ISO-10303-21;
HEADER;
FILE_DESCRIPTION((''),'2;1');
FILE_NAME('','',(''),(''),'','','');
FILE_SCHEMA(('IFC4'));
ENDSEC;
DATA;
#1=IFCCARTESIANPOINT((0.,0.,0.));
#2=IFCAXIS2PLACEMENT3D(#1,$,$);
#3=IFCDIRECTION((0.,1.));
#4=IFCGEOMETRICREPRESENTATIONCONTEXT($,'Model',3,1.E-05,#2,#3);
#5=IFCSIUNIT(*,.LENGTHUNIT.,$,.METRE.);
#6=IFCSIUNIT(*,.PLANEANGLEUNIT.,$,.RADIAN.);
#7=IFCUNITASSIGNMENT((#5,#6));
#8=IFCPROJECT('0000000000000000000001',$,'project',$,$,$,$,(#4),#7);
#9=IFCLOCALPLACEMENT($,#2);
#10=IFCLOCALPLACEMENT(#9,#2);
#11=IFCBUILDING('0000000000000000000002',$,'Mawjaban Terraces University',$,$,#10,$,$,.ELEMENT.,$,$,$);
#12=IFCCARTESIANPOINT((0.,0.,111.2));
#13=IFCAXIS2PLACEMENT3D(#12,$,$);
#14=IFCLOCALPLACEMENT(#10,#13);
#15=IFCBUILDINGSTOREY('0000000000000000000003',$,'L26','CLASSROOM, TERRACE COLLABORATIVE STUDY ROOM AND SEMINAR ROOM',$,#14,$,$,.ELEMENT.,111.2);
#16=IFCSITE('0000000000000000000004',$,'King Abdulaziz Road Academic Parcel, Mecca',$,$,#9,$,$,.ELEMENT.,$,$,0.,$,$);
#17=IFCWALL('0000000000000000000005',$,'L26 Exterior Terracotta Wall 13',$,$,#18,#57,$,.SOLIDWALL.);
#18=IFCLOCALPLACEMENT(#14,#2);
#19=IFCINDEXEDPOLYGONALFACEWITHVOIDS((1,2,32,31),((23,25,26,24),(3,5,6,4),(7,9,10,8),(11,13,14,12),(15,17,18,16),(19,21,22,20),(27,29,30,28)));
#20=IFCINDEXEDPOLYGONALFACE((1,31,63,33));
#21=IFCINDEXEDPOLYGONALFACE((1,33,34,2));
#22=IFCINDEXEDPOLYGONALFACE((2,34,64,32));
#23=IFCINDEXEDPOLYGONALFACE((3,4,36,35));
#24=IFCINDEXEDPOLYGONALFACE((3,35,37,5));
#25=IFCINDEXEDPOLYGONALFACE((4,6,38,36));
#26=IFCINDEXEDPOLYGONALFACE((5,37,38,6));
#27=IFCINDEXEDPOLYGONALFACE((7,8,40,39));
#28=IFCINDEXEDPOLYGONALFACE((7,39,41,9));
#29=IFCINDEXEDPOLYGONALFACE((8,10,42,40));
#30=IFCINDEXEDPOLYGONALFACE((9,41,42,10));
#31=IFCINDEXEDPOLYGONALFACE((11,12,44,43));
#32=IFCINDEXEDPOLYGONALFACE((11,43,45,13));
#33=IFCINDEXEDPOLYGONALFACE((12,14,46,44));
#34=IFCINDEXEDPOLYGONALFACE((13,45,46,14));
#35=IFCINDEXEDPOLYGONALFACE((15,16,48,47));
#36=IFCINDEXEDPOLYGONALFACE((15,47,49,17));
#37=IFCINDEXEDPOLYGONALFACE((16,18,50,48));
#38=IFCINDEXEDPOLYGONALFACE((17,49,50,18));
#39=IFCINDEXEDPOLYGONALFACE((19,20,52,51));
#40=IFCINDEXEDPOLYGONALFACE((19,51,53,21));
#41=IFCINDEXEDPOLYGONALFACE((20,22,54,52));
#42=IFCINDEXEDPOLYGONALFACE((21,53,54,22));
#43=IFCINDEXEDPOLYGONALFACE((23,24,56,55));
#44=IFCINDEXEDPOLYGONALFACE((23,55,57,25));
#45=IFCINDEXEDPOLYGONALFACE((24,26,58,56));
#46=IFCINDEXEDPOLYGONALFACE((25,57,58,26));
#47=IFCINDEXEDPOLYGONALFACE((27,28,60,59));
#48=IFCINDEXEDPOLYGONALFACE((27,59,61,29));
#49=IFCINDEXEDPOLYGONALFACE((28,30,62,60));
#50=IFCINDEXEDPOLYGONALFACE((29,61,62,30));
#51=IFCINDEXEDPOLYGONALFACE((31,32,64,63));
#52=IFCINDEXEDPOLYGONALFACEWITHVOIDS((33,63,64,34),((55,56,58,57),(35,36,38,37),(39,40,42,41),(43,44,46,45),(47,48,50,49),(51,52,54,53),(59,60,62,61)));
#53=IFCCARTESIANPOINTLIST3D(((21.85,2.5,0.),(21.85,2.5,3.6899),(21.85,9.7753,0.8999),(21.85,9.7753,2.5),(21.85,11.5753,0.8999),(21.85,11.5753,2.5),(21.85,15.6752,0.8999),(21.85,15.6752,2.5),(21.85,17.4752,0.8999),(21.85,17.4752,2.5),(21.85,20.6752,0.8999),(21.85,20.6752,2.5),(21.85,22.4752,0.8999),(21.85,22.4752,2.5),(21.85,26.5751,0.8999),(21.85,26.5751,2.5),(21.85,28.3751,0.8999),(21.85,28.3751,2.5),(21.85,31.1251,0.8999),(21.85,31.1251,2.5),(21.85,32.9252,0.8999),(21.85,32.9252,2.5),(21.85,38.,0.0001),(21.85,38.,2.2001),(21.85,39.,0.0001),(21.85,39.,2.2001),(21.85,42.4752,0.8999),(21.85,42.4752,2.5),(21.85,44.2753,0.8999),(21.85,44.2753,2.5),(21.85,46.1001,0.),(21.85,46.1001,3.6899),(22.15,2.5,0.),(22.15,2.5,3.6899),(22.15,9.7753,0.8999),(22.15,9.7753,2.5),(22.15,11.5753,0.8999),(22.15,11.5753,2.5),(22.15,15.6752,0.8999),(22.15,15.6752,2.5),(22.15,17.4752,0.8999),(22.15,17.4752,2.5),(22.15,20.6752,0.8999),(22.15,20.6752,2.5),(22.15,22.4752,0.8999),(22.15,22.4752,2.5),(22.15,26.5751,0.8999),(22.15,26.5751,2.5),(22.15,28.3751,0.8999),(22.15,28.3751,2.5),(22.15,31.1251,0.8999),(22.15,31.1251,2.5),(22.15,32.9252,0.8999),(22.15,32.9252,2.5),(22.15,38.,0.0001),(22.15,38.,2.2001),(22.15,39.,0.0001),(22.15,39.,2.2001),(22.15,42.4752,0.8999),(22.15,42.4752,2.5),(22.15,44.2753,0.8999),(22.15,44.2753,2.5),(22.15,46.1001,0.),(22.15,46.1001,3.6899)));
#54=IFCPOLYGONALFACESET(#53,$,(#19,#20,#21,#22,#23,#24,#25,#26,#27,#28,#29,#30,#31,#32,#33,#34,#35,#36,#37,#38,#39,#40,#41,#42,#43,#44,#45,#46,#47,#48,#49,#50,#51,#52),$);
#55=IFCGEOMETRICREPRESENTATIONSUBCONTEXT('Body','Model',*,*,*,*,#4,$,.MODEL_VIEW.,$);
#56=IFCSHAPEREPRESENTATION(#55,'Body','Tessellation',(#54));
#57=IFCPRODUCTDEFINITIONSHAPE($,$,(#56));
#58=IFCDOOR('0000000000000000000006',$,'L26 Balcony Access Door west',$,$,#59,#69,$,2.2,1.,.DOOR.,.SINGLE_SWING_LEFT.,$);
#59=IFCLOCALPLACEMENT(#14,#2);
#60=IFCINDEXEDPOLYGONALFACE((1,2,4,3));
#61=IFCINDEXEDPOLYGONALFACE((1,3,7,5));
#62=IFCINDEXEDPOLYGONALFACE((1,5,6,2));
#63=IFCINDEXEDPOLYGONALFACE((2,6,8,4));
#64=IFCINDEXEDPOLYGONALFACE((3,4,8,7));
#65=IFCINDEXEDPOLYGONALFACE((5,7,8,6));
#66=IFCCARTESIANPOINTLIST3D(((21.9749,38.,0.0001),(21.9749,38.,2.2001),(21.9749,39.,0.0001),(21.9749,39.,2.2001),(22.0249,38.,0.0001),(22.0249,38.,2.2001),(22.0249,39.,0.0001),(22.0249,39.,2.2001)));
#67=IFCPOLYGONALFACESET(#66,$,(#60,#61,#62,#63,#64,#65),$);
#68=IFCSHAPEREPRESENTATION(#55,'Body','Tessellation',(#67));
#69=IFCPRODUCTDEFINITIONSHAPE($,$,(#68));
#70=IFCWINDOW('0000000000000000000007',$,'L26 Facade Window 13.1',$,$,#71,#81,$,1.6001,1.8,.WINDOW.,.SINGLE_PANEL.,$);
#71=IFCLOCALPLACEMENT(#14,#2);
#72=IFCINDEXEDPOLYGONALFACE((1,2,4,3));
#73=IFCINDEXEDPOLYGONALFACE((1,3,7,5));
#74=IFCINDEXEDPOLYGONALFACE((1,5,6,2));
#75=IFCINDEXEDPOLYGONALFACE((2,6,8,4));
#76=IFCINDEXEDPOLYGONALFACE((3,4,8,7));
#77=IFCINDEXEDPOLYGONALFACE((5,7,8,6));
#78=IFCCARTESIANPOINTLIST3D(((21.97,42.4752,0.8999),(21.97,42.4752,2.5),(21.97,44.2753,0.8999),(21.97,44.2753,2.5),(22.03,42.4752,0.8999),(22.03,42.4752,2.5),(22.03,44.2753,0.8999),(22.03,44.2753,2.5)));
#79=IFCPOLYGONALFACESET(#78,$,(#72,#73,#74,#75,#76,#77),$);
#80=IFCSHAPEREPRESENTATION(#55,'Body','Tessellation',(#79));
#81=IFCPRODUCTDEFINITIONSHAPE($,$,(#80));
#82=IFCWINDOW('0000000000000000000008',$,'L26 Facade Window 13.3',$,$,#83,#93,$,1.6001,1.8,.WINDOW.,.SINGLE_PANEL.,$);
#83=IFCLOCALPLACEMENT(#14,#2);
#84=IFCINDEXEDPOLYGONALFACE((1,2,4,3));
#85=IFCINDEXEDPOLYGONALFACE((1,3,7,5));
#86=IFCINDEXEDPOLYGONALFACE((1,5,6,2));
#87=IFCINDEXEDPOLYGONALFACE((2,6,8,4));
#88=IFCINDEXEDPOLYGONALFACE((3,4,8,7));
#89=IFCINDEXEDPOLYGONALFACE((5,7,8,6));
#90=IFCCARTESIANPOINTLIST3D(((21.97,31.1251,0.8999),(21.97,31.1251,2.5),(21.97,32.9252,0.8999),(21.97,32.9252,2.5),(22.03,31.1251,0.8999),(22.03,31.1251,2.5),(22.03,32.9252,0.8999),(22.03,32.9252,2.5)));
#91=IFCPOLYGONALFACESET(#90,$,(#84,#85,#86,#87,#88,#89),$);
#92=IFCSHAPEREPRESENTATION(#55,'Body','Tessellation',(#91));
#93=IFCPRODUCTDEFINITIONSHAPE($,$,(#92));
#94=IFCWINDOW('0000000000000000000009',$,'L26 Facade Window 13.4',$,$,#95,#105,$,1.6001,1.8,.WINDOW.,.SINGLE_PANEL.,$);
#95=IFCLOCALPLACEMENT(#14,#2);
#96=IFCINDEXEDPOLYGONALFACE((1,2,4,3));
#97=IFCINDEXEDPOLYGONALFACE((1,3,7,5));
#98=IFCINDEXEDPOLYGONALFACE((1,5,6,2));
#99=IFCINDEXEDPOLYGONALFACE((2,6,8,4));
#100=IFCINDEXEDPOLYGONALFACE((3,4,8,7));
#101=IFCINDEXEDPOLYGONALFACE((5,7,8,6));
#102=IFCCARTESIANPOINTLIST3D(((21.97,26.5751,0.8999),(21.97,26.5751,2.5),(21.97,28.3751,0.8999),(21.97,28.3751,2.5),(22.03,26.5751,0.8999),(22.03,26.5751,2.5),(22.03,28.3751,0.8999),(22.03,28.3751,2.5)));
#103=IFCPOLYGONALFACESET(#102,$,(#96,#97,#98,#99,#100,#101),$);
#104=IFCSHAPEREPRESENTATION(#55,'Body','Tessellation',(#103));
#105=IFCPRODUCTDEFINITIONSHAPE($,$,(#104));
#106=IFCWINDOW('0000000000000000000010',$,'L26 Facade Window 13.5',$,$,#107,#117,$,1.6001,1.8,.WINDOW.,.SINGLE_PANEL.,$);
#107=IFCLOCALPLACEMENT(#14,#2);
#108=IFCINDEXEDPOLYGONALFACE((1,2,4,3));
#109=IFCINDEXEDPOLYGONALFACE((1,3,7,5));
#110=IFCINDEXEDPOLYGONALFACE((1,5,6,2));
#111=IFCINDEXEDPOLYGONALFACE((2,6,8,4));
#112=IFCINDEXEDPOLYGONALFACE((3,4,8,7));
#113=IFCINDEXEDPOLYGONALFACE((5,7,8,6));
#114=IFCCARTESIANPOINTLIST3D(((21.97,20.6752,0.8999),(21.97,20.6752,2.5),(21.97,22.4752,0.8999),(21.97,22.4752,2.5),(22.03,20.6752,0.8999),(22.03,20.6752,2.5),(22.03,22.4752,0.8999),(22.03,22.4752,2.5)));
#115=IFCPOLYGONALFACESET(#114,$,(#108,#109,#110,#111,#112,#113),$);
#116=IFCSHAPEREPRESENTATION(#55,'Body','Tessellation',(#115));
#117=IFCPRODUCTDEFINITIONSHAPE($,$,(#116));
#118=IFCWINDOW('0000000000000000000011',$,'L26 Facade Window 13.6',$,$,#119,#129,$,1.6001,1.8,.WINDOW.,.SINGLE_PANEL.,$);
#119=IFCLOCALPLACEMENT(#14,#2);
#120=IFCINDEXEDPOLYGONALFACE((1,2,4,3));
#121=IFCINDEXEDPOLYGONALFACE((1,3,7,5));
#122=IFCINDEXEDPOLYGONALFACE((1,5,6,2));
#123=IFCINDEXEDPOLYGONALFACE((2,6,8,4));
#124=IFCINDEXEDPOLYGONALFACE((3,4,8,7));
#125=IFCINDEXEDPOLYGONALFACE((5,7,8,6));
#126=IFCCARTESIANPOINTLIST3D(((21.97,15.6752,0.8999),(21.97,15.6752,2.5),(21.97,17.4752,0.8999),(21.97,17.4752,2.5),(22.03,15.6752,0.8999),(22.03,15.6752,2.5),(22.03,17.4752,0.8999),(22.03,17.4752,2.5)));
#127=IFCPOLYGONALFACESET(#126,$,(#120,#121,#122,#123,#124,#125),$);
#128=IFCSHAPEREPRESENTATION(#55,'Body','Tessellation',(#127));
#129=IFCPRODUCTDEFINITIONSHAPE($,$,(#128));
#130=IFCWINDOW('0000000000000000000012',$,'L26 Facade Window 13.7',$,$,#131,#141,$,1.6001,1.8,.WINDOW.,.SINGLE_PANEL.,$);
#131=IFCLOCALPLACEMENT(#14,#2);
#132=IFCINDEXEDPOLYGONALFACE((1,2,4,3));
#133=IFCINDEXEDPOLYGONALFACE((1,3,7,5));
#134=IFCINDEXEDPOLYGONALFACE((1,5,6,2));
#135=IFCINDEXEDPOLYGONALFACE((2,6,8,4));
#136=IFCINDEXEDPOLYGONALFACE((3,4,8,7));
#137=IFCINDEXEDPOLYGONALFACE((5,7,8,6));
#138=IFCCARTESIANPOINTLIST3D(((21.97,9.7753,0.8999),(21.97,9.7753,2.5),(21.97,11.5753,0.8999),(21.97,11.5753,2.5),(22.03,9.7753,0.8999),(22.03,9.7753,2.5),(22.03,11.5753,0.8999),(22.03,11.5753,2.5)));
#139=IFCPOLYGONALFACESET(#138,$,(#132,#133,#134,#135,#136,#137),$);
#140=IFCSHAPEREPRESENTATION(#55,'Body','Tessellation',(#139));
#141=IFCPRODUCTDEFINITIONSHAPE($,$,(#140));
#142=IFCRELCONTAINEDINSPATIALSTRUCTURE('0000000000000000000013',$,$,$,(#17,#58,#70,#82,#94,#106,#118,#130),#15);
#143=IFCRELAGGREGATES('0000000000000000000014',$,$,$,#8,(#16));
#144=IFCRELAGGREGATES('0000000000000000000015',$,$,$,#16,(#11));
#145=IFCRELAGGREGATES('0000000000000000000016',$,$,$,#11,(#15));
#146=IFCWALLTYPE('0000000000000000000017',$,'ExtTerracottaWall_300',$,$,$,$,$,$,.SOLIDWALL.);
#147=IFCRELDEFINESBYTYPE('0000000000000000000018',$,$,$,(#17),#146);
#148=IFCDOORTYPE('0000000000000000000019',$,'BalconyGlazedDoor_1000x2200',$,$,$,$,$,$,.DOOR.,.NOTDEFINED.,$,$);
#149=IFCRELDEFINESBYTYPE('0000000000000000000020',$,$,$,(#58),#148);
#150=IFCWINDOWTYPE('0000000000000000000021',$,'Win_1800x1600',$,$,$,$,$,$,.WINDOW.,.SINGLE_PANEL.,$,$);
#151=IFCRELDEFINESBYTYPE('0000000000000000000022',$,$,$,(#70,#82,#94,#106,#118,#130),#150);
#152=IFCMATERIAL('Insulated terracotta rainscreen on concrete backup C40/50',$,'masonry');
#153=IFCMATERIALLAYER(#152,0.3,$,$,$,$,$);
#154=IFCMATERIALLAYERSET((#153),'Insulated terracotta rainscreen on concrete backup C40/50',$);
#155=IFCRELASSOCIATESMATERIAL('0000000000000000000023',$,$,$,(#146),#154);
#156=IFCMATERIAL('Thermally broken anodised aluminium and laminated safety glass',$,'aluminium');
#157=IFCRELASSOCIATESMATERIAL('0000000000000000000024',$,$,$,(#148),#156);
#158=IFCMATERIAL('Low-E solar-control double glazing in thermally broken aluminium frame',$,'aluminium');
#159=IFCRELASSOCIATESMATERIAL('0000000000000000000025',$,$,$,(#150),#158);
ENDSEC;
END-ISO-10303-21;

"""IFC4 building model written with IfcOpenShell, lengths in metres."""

from ifc_helpers import new_model, si_unit, direction, frame, frame_2d, origin, place, context, subcontext, project, spatial, rectangle, extrude, material, layer, layer_set, type_object, element, fill, save


model = new_model("IFC4")

# Units and contexts
model_context = context("Model", 3, precision=1e-05, world=origin(), true_north=direction((0.0, 1.0)))
body_context = subcontext(model_context, "Body", "Model", "MODEL_VIEW")
ifc_project = project(units=[si_unit("LENGTHUNIT", "METRE"), si_unit("PLANEANGLEUNIT", "RADIAN")], contexts=[model_context])

# Site, building, storey
site_placement = place(None, origin())
site = spatial("IfcSite", under=ifc_project, at=site_placement, Name="King Abdulaziz Road Academic Parcel, Mecca", CompositionType="ELEMENT", RefElevation=0.0)
building_placement = place(site_placement, origin())
building = spatial("IfcBuilding", under=site, at=building_placement, Name="Mawjaban Terraces University", CompositionType="ELEMENT")
storey_placement = place(building_placement, frame((0.0, 0.0, 111.2)))
storey = spatial("IfcBuildingStorey", under=building, at=storey_placement, Name="L26", Description="CLASSROOM, TERRACE COLLABORATIVE STUDY ROOM AND SEMINAR ROOM", CompositionType="ELEMENT", Elevation=111.2)

# Shared definitions
ifc_material_1 = material(Name="Insulated terracotta rainscreen on concrete backup C40/50", Category="masonry")
ifc_layer_1 = layer(ifc_material_1, 0.3)
ifc_layer_set_1 = layer_set([ifc_layer_1], Name="Insulated terracotta rainscreen on concrete backup C40/50")
wall_type_1 = type_object("IfcWallType", Name="ExtTerracottaWall_300", PredefinedType="SOLIDWALL", material=ifc_layer_set_1)
ifc_material_2 = material(Name="Low-E solar-control double glazing in thermally broken aluminium frame", Category="aluminium")

# Wall, openings, door, windows
wall_1_placement = place(storey_placement, frame((22.0, 46.1001, 0.0), z_axis=(0.0, 0.0, 1.0), x_axis=(0.0, -1.0, 0.0)))
wall_1 = element("IfcWall", 1, at=wall_1_placement, inside=storey, type_object=wall_type_1, Name="L26 Exterior Terracotta Wall 13", PredefinedType="SOLIDWALL", context=body_context, shape_type="SweptSolid", body=[
    extrude(rectangle(XDim=43.6001, YDim=0.3, at=frame_2d((21.8, 0.0))), origin(), (0.0, 0.0, 1.0), 3.6899),
])
opening_1_placement = place(wall_1_placement, frame((7.1001, 0.0, 0.0)))
opening_1 = element("IfcOpeningElement", 2, at=opening_1_placement, cuts=wall_1, PredefinedType="OPENING", context=body_context, shape_type="SweptSolid", body=[
    extrude(rectangle(XDim=1.0, YDim=2.2, at=frame_2d((0.5, 1.1001))), frame((0.0, 0.1599, 0.0), z_axis=(0.0, -1.0, 0.0), x_axis=(1.0, 0.0, 0.0)), (0.0, 0.0, 1.0), 0.3201),
])
opening_2_placement = place(wall_1_placement, frame((1.825, 0.0, 0.8999)))
opening_2 = element("IfcOpeningElement", 3, at=opening_2_placement, cuts=wall_1, PredefinedType="OPENING", context=body_context, shape_type="SweptSolid", body=[
    extrude(rectangle(XDim=1.8, YDim=1.6001, at=frame_2d((0.8999, 0.8))), frame((0.0, 0.1599, 0.0), z_axis=(0.0, -1.0, 0.0), x_axis=(1.0, 0.0, 0.0)), (0.0, 0.0, 1.0), 0.3201),
])
opening_3_placement = place(wall_1_placement, frame((13.175, 0.0, 0.8999)))
opening_3 = element("IfcOpeningElement", 4, at=opening_3_placement, cuts=wall_1, PredefinedType="OPENING", context=body_context, shape_type="SweptSolid", body=[
    extrude(rectangle(XDim=1.8, YDim=1.6001, at=frame_2d((0.8999, 0.8))), frame((0.0, 0.1599, 0.0), z_axis=(0.0, -1.0, 0.0), x_axis=(1.0, 0.0, 0.0)), (0.0, 0.0, 1.0), 0.3201),
])
opening_4_placement = place(wall_1_placement, frame((17.7251, 0.0, 0.8999)))
opening_4 = element("IfcOpeningElement", 5, at=opening_4_placement, cuts=wall_1, PredefinedType="OPENING", context=body_context, shape_type="SweptSolid", body=[
    extrude(rectangle(XDim=1.8, YDim=1.6001, at=frame_2d((0.8999, 0.8))), frame((0.0, 0.1599, 0.0), z_axis=(0.0, -1.0, 0.0), x_axis=(1.0, 0.0, 0.0)), (0.0, 0.0, 1.0), 0.3201),
])
opening_5_placement = place(wall_1_placement, frame((23.625, 0.0, 0.8999)))
opening_5 = element("IfcOpeningElement", 6, at=opening_5_placement, cuts=wall_1, PredefinedType="OPENING", context=body_context, shape_type="SweptSolid", body=[
    extrude(rectangle(XDim=1.8, YDim=1.6001, at=frame_2d((0.8999, 0.8))), frame((0.0, 0.1599, 0.0), z_axis=(0.0, -1.0, 0.0), x_axis=(1.0, 0.0, 0.0)), (0.0, 0.0, 1.0), 0.3201),
])
opening_6_placement = place(wall_1_placement, frame((28.625, 0.0, 0.8999)))
opening_6 = element("IfcOpeningElement", 7, at=opening_6_placement, cuts=wall_1, PredefinedType="OPENING", context=body_context, shape_type="SweptSolid", body=[
    extrude(rectangle(XDim=1.8, YDim=1.6001, at=frame_2d((0.8999, 0.8))), frame((0.0, 0.1599, 0.0), z_axis=(0.0, -1.0, 0.0), x_axis=(1.0, 0.0, 0.0)), (0.0, 0.0, 1.0), 0.3201),
])
opening_7_placement = place(wall_1_placement, frame((34.5249, 0.0, 0.8999)))
opening_7 = element("IfcOpeningElement", 8, at=opening_7_placement, cuts=wall_1, PredefinedType="OPENING", context=body_context, shape_type="SweptSolid", body=[
    extrude(rectangle(XDim=1.8, YDim=1.6001, at=frame_2d((0.8999, 0.8))), frame((0.0, 0.1599, 0.0), z_axis=(0.0, -1.0, 0.0), x_axis=(1.0, 0.0, 0.0)), (0.0, 0.0, 1.0), 0.3201),
])
ifc_material_3 = material(Name="Thermally broken anodised aluminium and laminated safety glass", Category="aluminium")
door_type_1 = type_object("IfcDoorType", Name="BalconyGlazedDoor_1000x2200", OperationType="NOTDEFINED", PredefinedType="DOOR", material=ifc_material_3)
door_1_placement = place(opening_1_placement, origin())
door_1 = element("IfcDoor", 9, at=door_1_placement, inside=storey, type_object=door_type_1, Name="L26 Balcony Access Door west", OperationType="SINGLE_SWING_LEFT", OverallHeight=2.2, OverallWidth=1.0, PredefinedType="DOOR", context=body_context, shape_type="SweptSolid", body=[
    extrude(rectangle(XDim=1.0, YDim=2.2, at=frame_2d((0.5, 1.1001))), frame((0.0, 0.0249, 0.0), z_axis=(0.0, -1.0, 0.0), x_axis=(1.0, 0.0, 0.0)), (0.0, 0.0, 1.0), 0.05),
])
fill(opening_1, door_1)
window_type_1 = type_object("IfcWindowType", Name="Win_1800x1600", PartitioningType="SINGLE_PANEL", PredefinedType="WINDOW", material=ifc_material_2)
window_1_placement = place(opening_2_placement, origin())
window_1 = element("IfcWindow", 10, at=window_1_placement, inside=storey, type_object=window_type_1, Name="L26 Facade Window 13.1", OverallHeight=1.6001, OverallWidth=1.8, PartitioningType="SINGLE_PANEL", PredefinedType="WINDOW", context=body_context, shape_type="SweptSolid", body=[
    extrude(rectangle(XDim=1.8, YDim=1.6001, at=frame_2d((0.8999, 0.8))), frame((0.0, 0.03, 0.0), z_axis=(0.0, -1.0, 0.0), x_axis=(1.0, 0.0, 0.0)), (0.0, 0.0, 1.0), 0.0601),
])
fill(opening_2, window_1)
window_2_placement = place(opening_3_placement, origin())
window_2 = element("IfcWindow", 11, at=window_2_placement, inside=storey, type_object=window_type_1, Name="L26 Facade Window 13.3", OverallHeight=1.6001, OverallWidth=1.8, PartitioningType="SINGLE_PANEL", PredefinedType="WINDOW", context=body_context, shape_type="SweptSolid", body=[
    extrude(rectangle(XDim=1.8, YDim=1.6001, at=frame_2d((0.8999, 0.8))), frame((0.0, 0.03, 0.0), z_axis=(0.0, -1.0, 0.0), x_axis=(1.0, 0.0, 0.0)), (0.0, 0.0, 1.0), 0.0601),
])
fill(opening_3, window_2)
window_3_placement = place(opening_4_placement, origin())
window_3 = element("IfcWindow", 12, at=window_3_placement, inside=storey, type_object=window_type_1, Name="L26 Facade Window 13.4", OverallHeight=1.6001, OverallWidth=1.8, PartitioningType="SINGLE_PANEL", PredefinedType="WINDOW", context=body_context, shape_type="SweptSolid", body=[
    extrude(rectangle(XDim=1.8, YDim=1.6001, at=frame_2d((0.8999, 0.8))), frame((0.0, 0.03, 0.0), z_axis=(0.0, -1.0, 0.0), x_axis=(1.0, 0.0, 0.0)), (0.0, 0.0, 1.0), 0.0601),
])
fill(opening_4, window_3)
window_4_placement = place(opening_5_placement, origin())
window_4 = element("IfcWindow", 13, at=window_4_placement, inside=storey, type_object=window_type_1, Name="L26 Facade Window 13.5", OverallHeight=1.6001, OverallWidth=1.8, PartitioningType="SINGLE_PANEL", PredefinedType="WINDOW", context=body_context, shape_type="SweptSolid", body=[
    extrude(rectangle(XDim=1.8, YDim=1.6001, at=frame_2d((0.8999, 0.8))), frame((0.0, 0.03, 0.0), z_axis=(0.0, -1.0, 0.0), x_axis=(1.0, 0.0, 0.0)), (0.0, 0.0, 1.0), 0.0601),
])
fill(opening_5, window_4)
window_5_placement = place(opening_6_placement, origin())
window_5 = element("IfcWindow", 14, at=window_5_placement, inside=storey, type_object=window_type_1, Name="L26 Facade Window 13.6", OverallHeight=1.6001, OverallWidth=1.8, PartitioningType="SINGLE_PANEL", PredefinedType="WINDOW", context=body_context, shape_type="SweptSolid", body=[
    extrude(rectangle(XDim=1.8, YDim=1.6001, at=frame_2d((0.8999, 0.8))), frame((0.0, 0.03, 0.0), z_axis=(0.0, -1.0, 0.0), x_axis=(1.0, 0.0, 0.0)), (0.0, 0.0, 1.0), 0.0601),
])
fill(opening_6, window_5)
window_6_placement = place(opening_7_placement, origin())
window_6 = element("IfcWindow", 15, at=window_6_placement, inside=storey, type_object=window_type_1, Name="L26 Facade Window 13.7", OverallHeight=1.6001, OverallWidth=1.8, PartitioningType="SINGLE_PANEL", PredefinedType="WINDOW", context=body_context, shape_type="SweptSolid", body=[
    extrude(rectangle(XDim=1.8, YDim=1.6001, at=frame_2d((0.8999, 0.8))), frame((0.0, 0.03, 0.0), z_axis=(0.0, -1.0, 0.0), x_axis=(1.0, 0.0, 0.0)), (0.0, 0.0, 1.0), 0.0601),
])
fill(opening_7, window_6)

save(model, "model.ifc")
